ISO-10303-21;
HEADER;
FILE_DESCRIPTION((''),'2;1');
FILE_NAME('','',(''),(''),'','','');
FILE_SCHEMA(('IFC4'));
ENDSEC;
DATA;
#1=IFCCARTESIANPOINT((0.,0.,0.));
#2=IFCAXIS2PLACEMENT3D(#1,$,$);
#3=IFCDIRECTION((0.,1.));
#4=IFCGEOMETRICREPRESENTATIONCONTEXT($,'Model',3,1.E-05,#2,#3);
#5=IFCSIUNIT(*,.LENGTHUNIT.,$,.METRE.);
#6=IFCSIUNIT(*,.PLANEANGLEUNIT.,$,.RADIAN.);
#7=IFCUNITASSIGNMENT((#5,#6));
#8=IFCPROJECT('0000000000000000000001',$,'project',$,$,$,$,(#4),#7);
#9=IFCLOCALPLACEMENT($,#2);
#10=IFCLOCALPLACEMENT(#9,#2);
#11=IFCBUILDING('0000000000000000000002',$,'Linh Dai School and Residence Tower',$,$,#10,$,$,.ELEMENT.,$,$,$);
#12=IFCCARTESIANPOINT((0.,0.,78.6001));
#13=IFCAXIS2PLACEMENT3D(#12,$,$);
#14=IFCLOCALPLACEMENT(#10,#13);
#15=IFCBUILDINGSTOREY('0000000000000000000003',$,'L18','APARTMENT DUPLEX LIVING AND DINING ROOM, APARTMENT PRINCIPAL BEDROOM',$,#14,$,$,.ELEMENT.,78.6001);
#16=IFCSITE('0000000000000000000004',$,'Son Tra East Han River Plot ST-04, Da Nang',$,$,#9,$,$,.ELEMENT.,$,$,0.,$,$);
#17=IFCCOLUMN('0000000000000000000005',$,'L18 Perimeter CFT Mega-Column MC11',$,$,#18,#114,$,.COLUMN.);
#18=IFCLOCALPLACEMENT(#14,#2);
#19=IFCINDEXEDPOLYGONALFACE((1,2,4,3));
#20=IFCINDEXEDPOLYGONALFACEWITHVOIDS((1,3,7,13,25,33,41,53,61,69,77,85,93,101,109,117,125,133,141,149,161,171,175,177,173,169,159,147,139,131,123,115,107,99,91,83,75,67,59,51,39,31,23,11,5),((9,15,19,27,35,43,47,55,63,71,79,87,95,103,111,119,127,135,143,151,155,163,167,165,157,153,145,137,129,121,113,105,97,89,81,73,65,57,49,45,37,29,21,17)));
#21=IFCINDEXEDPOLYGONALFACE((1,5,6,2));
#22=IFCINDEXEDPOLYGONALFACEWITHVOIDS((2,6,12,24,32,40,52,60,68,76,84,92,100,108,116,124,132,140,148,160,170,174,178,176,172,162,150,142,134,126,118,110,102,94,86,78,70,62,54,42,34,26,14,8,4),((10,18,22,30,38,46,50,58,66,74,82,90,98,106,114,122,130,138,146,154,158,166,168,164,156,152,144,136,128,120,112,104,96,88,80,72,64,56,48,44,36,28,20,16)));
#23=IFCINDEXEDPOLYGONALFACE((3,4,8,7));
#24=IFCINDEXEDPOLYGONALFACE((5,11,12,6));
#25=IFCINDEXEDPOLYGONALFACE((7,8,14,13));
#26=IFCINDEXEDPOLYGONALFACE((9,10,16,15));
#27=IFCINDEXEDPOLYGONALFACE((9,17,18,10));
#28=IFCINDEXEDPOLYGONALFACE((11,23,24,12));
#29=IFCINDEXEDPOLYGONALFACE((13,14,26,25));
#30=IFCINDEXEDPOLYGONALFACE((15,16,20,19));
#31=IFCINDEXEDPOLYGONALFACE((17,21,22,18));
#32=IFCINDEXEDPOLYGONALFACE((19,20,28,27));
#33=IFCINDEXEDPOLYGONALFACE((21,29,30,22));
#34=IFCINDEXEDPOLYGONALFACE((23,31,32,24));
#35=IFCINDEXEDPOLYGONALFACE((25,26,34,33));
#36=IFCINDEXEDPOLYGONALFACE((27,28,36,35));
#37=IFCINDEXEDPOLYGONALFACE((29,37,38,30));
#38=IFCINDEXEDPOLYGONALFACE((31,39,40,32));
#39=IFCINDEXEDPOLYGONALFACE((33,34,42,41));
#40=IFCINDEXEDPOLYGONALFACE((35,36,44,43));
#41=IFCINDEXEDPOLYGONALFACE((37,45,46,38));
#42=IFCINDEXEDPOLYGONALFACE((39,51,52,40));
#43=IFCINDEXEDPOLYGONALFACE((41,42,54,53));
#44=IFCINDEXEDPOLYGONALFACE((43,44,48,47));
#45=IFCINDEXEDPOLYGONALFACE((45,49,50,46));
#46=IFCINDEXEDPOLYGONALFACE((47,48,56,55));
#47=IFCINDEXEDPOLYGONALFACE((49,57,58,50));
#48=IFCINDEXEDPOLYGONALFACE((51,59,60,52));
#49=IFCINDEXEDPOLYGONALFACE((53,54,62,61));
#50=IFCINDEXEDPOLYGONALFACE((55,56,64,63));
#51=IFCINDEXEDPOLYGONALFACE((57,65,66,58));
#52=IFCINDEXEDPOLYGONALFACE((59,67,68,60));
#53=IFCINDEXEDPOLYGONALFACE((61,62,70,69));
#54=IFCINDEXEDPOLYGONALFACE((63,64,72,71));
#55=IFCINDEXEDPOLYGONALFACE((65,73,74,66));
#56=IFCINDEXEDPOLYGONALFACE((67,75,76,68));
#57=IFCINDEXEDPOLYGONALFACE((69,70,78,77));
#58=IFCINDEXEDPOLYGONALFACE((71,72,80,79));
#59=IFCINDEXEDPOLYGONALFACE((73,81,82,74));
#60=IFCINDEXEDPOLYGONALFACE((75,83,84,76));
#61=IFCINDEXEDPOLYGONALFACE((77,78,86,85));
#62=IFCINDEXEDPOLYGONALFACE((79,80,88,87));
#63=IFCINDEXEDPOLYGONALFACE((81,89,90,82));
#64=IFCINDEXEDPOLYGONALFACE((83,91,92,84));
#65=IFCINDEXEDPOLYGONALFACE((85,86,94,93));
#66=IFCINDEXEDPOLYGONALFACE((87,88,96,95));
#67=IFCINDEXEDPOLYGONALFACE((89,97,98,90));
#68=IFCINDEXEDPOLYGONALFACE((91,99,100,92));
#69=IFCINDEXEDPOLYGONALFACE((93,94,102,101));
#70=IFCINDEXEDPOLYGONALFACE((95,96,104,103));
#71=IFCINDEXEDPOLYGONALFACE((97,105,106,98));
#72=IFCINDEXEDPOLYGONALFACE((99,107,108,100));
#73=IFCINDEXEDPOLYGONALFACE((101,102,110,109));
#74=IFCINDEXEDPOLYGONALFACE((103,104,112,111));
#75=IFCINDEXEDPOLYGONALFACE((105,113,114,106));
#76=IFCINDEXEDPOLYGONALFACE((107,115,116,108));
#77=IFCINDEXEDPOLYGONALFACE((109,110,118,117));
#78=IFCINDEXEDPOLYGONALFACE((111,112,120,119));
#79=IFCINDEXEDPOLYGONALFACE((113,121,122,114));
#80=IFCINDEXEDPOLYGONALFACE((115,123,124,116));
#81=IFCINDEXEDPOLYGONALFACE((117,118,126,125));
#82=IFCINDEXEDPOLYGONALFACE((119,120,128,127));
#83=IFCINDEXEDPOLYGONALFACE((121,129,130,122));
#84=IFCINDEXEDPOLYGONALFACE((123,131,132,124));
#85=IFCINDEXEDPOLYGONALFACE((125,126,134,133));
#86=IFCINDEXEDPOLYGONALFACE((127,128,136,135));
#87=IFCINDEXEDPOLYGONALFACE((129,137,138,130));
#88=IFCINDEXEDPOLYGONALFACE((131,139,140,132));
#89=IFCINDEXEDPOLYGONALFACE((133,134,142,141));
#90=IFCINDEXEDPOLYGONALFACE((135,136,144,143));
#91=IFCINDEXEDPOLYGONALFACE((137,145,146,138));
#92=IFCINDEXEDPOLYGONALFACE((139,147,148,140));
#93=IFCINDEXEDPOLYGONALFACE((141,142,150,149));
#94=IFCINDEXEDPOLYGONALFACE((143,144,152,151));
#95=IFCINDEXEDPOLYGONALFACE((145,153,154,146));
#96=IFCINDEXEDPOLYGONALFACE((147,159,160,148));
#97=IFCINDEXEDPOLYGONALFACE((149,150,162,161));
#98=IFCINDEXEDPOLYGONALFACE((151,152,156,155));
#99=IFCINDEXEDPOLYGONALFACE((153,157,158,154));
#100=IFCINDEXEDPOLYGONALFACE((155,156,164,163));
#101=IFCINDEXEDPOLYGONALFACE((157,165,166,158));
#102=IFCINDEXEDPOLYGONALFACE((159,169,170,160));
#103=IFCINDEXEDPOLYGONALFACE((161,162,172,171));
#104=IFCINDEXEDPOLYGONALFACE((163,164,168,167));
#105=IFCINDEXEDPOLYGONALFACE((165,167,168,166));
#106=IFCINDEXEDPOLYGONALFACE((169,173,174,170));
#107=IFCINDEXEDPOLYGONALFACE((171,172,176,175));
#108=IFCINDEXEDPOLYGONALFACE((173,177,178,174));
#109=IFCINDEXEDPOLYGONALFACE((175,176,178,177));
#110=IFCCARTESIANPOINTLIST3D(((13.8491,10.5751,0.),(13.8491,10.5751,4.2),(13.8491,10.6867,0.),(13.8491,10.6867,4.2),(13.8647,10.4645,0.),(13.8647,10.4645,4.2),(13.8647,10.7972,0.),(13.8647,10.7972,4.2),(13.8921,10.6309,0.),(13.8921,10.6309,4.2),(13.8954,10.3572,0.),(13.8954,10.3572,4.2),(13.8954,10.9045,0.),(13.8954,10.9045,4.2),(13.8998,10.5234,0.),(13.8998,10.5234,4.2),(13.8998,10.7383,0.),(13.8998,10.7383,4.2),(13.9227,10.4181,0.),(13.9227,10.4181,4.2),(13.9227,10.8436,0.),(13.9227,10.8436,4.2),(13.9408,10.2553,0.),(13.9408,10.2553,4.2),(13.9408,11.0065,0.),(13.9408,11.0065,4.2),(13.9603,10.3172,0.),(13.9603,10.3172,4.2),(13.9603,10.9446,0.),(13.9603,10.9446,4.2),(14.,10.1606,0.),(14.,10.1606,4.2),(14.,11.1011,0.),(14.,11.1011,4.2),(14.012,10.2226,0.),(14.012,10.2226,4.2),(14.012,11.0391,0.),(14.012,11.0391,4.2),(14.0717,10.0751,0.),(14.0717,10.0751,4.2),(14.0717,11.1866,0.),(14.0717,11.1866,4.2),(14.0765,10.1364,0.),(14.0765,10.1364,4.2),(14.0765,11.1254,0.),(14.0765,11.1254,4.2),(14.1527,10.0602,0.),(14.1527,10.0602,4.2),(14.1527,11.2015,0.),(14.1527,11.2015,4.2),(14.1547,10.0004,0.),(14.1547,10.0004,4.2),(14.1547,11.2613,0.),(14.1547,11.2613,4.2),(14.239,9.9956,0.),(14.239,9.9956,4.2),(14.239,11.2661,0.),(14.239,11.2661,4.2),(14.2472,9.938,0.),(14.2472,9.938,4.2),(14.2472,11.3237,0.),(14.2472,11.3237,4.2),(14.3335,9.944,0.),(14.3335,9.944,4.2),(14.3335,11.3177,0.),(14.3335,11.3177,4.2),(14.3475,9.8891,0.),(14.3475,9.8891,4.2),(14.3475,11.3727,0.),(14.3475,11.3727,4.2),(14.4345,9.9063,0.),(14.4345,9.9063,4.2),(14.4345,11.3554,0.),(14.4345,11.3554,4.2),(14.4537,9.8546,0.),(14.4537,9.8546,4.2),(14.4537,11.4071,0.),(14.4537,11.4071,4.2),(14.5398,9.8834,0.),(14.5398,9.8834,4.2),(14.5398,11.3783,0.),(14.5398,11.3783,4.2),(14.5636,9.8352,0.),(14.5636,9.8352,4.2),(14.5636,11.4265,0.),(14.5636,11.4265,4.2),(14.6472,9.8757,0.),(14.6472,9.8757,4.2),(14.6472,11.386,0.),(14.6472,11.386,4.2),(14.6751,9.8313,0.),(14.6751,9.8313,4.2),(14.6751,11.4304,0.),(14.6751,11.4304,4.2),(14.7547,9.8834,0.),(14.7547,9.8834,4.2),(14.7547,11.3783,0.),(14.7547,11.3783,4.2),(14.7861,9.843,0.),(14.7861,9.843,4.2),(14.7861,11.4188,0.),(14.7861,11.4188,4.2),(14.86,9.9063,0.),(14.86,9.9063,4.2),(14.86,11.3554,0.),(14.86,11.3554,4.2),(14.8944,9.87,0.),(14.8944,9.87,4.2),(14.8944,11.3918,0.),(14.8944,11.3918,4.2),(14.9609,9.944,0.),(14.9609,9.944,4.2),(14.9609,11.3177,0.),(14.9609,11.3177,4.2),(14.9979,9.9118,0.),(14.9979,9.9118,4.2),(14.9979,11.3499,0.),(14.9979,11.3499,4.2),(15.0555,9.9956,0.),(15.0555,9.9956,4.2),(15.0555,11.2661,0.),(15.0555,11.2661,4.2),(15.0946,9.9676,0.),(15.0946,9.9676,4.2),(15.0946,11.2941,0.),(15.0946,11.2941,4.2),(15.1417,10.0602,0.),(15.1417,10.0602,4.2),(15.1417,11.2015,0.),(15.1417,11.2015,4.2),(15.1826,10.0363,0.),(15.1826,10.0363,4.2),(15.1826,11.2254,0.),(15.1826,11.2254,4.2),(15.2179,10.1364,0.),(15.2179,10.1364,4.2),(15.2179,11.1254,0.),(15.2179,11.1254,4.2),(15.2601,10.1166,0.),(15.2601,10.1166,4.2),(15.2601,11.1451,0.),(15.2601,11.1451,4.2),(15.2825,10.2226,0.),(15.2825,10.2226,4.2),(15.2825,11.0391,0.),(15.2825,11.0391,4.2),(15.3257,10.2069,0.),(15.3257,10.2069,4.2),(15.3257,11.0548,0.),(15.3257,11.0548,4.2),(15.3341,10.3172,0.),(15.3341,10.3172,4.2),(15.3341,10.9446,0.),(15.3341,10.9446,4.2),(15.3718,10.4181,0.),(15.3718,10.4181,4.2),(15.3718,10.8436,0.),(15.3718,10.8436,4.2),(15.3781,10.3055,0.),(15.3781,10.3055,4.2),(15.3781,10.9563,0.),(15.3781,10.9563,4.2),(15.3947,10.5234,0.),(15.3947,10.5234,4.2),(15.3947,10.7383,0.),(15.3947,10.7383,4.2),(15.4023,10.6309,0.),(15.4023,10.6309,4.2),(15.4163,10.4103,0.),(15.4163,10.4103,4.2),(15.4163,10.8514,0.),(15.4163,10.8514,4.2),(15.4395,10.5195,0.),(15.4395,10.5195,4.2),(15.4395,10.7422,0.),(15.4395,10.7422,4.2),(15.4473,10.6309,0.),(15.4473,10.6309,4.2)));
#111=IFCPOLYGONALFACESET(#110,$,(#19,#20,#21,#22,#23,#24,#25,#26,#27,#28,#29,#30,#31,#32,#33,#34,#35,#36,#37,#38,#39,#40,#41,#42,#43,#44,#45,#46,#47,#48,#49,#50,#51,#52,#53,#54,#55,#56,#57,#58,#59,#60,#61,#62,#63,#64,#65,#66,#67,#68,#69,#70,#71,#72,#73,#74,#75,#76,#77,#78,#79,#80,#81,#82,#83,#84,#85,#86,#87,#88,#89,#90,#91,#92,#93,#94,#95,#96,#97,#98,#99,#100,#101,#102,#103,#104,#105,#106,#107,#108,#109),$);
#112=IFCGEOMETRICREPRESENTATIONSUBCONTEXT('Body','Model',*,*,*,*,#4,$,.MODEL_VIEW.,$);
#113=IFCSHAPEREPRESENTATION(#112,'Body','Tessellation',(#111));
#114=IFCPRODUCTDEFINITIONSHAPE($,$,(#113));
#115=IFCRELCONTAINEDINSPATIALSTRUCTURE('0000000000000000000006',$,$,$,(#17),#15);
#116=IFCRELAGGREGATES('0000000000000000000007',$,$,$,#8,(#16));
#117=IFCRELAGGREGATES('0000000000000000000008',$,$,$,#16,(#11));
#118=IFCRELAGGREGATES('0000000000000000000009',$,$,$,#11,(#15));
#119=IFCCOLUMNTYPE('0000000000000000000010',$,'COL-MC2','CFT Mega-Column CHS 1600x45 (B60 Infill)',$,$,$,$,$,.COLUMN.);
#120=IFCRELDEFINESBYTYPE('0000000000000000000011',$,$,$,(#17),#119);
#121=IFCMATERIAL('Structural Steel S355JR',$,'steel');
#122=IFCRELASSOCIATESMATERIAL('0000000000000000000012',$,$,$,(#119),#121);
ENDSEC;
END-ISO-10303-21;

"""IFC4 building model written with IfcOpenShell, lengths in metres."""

from ifc_helpers import new_model, si_unit, direction, frame, origin, origin_2d, place, context, subcontext, project, spatial, hollow_circle, extrude, material, material_profile, profile_set, type_object, element, save


model = new_model("IFC4")

# Units and contexts
model_context = context("Model", 3, precision=1e-05, world=origin(), true_north=direction((0.0, 1.0)))
body_context = subcontext(model_context, "Body", "Model", "MODEL_VIEW")
ifc_project = project(units=[si_unit("LENGTHUNIT", "METRE"), si_unit("PLANEANGLEUNIT", "RADIAN")], contexts=[model_context])

# Site, building, storey
site_placement = place(None, origin())
site = spatial("IfcSite", under=ifc_project, at=site_placement, Name="Son Tra East Han River Plot ST-04, Da Nang", CompositionType="ELEMENT", RefElevation=0.0)
building_placement = place(site_placement, origin())
building = spatial("IfcBuilding", under=site, at=building_placement, Name="Linh Dai School and Residence Tower", CompositionType="ELEMENT")
storey_placement = place(building_placement, frame((0.0, 0.0, 78.6001)))
storey = spatial("IfcBuildingStorey", under=building, at=storey_placement, Name="L18", Description="APARTMENT DUPLEX LIVING AND DINING ROOM, APARTMENT PRINCIPAL BEDROOM", CompositionType="ELEMENT", Elevation=78.6001)

# Column
ifc_material_1 = material(Name="Structural Steel S355JR", Category="steel")
ifc_material_profile_1 = material_profile(ifc_material_1, hollow_circle(Radius=0.8, WallThickness=0.0449, at=origin_2d()), Name="CHS 1600x45")
ifc_profile_set_1 = profile_set([ifc_material_profile_1], Name="Structural Steel S355JR")
column_type = type_object("IfcColumnType", Name="COL-MC2", Description="CFT Mega-Column CHS 1600x45 (B60 Infill)", PredefinedType="COLUMN", material=ifc_profile_set_1)
for number, where, z_axis, x_axis, name in (
    (1, (14.6472, 10.6309, 0.0), (0.0, 0.0, 1.0), (1.0, 0.0, 0.0), "L18 Perimeter CFT Mega-Column MC11"),
):
    element("IfcColumn", number, at=place(storey_placement, frame(where, z_axis=z_axis, x_axis=x_axis)), inside=storey, type_object=column_type, Name=name, PredefinedType="COLUMN", context=body_context, shape_type="SweptSolid", body=[
        extrude(hollow_circle(Radius=0.8, WallThickness=0.0449, at=origin_2d()), origin(), (0.0, 0.0, 1.0), 4.2),
    ])

save(model, "model.ifc")
